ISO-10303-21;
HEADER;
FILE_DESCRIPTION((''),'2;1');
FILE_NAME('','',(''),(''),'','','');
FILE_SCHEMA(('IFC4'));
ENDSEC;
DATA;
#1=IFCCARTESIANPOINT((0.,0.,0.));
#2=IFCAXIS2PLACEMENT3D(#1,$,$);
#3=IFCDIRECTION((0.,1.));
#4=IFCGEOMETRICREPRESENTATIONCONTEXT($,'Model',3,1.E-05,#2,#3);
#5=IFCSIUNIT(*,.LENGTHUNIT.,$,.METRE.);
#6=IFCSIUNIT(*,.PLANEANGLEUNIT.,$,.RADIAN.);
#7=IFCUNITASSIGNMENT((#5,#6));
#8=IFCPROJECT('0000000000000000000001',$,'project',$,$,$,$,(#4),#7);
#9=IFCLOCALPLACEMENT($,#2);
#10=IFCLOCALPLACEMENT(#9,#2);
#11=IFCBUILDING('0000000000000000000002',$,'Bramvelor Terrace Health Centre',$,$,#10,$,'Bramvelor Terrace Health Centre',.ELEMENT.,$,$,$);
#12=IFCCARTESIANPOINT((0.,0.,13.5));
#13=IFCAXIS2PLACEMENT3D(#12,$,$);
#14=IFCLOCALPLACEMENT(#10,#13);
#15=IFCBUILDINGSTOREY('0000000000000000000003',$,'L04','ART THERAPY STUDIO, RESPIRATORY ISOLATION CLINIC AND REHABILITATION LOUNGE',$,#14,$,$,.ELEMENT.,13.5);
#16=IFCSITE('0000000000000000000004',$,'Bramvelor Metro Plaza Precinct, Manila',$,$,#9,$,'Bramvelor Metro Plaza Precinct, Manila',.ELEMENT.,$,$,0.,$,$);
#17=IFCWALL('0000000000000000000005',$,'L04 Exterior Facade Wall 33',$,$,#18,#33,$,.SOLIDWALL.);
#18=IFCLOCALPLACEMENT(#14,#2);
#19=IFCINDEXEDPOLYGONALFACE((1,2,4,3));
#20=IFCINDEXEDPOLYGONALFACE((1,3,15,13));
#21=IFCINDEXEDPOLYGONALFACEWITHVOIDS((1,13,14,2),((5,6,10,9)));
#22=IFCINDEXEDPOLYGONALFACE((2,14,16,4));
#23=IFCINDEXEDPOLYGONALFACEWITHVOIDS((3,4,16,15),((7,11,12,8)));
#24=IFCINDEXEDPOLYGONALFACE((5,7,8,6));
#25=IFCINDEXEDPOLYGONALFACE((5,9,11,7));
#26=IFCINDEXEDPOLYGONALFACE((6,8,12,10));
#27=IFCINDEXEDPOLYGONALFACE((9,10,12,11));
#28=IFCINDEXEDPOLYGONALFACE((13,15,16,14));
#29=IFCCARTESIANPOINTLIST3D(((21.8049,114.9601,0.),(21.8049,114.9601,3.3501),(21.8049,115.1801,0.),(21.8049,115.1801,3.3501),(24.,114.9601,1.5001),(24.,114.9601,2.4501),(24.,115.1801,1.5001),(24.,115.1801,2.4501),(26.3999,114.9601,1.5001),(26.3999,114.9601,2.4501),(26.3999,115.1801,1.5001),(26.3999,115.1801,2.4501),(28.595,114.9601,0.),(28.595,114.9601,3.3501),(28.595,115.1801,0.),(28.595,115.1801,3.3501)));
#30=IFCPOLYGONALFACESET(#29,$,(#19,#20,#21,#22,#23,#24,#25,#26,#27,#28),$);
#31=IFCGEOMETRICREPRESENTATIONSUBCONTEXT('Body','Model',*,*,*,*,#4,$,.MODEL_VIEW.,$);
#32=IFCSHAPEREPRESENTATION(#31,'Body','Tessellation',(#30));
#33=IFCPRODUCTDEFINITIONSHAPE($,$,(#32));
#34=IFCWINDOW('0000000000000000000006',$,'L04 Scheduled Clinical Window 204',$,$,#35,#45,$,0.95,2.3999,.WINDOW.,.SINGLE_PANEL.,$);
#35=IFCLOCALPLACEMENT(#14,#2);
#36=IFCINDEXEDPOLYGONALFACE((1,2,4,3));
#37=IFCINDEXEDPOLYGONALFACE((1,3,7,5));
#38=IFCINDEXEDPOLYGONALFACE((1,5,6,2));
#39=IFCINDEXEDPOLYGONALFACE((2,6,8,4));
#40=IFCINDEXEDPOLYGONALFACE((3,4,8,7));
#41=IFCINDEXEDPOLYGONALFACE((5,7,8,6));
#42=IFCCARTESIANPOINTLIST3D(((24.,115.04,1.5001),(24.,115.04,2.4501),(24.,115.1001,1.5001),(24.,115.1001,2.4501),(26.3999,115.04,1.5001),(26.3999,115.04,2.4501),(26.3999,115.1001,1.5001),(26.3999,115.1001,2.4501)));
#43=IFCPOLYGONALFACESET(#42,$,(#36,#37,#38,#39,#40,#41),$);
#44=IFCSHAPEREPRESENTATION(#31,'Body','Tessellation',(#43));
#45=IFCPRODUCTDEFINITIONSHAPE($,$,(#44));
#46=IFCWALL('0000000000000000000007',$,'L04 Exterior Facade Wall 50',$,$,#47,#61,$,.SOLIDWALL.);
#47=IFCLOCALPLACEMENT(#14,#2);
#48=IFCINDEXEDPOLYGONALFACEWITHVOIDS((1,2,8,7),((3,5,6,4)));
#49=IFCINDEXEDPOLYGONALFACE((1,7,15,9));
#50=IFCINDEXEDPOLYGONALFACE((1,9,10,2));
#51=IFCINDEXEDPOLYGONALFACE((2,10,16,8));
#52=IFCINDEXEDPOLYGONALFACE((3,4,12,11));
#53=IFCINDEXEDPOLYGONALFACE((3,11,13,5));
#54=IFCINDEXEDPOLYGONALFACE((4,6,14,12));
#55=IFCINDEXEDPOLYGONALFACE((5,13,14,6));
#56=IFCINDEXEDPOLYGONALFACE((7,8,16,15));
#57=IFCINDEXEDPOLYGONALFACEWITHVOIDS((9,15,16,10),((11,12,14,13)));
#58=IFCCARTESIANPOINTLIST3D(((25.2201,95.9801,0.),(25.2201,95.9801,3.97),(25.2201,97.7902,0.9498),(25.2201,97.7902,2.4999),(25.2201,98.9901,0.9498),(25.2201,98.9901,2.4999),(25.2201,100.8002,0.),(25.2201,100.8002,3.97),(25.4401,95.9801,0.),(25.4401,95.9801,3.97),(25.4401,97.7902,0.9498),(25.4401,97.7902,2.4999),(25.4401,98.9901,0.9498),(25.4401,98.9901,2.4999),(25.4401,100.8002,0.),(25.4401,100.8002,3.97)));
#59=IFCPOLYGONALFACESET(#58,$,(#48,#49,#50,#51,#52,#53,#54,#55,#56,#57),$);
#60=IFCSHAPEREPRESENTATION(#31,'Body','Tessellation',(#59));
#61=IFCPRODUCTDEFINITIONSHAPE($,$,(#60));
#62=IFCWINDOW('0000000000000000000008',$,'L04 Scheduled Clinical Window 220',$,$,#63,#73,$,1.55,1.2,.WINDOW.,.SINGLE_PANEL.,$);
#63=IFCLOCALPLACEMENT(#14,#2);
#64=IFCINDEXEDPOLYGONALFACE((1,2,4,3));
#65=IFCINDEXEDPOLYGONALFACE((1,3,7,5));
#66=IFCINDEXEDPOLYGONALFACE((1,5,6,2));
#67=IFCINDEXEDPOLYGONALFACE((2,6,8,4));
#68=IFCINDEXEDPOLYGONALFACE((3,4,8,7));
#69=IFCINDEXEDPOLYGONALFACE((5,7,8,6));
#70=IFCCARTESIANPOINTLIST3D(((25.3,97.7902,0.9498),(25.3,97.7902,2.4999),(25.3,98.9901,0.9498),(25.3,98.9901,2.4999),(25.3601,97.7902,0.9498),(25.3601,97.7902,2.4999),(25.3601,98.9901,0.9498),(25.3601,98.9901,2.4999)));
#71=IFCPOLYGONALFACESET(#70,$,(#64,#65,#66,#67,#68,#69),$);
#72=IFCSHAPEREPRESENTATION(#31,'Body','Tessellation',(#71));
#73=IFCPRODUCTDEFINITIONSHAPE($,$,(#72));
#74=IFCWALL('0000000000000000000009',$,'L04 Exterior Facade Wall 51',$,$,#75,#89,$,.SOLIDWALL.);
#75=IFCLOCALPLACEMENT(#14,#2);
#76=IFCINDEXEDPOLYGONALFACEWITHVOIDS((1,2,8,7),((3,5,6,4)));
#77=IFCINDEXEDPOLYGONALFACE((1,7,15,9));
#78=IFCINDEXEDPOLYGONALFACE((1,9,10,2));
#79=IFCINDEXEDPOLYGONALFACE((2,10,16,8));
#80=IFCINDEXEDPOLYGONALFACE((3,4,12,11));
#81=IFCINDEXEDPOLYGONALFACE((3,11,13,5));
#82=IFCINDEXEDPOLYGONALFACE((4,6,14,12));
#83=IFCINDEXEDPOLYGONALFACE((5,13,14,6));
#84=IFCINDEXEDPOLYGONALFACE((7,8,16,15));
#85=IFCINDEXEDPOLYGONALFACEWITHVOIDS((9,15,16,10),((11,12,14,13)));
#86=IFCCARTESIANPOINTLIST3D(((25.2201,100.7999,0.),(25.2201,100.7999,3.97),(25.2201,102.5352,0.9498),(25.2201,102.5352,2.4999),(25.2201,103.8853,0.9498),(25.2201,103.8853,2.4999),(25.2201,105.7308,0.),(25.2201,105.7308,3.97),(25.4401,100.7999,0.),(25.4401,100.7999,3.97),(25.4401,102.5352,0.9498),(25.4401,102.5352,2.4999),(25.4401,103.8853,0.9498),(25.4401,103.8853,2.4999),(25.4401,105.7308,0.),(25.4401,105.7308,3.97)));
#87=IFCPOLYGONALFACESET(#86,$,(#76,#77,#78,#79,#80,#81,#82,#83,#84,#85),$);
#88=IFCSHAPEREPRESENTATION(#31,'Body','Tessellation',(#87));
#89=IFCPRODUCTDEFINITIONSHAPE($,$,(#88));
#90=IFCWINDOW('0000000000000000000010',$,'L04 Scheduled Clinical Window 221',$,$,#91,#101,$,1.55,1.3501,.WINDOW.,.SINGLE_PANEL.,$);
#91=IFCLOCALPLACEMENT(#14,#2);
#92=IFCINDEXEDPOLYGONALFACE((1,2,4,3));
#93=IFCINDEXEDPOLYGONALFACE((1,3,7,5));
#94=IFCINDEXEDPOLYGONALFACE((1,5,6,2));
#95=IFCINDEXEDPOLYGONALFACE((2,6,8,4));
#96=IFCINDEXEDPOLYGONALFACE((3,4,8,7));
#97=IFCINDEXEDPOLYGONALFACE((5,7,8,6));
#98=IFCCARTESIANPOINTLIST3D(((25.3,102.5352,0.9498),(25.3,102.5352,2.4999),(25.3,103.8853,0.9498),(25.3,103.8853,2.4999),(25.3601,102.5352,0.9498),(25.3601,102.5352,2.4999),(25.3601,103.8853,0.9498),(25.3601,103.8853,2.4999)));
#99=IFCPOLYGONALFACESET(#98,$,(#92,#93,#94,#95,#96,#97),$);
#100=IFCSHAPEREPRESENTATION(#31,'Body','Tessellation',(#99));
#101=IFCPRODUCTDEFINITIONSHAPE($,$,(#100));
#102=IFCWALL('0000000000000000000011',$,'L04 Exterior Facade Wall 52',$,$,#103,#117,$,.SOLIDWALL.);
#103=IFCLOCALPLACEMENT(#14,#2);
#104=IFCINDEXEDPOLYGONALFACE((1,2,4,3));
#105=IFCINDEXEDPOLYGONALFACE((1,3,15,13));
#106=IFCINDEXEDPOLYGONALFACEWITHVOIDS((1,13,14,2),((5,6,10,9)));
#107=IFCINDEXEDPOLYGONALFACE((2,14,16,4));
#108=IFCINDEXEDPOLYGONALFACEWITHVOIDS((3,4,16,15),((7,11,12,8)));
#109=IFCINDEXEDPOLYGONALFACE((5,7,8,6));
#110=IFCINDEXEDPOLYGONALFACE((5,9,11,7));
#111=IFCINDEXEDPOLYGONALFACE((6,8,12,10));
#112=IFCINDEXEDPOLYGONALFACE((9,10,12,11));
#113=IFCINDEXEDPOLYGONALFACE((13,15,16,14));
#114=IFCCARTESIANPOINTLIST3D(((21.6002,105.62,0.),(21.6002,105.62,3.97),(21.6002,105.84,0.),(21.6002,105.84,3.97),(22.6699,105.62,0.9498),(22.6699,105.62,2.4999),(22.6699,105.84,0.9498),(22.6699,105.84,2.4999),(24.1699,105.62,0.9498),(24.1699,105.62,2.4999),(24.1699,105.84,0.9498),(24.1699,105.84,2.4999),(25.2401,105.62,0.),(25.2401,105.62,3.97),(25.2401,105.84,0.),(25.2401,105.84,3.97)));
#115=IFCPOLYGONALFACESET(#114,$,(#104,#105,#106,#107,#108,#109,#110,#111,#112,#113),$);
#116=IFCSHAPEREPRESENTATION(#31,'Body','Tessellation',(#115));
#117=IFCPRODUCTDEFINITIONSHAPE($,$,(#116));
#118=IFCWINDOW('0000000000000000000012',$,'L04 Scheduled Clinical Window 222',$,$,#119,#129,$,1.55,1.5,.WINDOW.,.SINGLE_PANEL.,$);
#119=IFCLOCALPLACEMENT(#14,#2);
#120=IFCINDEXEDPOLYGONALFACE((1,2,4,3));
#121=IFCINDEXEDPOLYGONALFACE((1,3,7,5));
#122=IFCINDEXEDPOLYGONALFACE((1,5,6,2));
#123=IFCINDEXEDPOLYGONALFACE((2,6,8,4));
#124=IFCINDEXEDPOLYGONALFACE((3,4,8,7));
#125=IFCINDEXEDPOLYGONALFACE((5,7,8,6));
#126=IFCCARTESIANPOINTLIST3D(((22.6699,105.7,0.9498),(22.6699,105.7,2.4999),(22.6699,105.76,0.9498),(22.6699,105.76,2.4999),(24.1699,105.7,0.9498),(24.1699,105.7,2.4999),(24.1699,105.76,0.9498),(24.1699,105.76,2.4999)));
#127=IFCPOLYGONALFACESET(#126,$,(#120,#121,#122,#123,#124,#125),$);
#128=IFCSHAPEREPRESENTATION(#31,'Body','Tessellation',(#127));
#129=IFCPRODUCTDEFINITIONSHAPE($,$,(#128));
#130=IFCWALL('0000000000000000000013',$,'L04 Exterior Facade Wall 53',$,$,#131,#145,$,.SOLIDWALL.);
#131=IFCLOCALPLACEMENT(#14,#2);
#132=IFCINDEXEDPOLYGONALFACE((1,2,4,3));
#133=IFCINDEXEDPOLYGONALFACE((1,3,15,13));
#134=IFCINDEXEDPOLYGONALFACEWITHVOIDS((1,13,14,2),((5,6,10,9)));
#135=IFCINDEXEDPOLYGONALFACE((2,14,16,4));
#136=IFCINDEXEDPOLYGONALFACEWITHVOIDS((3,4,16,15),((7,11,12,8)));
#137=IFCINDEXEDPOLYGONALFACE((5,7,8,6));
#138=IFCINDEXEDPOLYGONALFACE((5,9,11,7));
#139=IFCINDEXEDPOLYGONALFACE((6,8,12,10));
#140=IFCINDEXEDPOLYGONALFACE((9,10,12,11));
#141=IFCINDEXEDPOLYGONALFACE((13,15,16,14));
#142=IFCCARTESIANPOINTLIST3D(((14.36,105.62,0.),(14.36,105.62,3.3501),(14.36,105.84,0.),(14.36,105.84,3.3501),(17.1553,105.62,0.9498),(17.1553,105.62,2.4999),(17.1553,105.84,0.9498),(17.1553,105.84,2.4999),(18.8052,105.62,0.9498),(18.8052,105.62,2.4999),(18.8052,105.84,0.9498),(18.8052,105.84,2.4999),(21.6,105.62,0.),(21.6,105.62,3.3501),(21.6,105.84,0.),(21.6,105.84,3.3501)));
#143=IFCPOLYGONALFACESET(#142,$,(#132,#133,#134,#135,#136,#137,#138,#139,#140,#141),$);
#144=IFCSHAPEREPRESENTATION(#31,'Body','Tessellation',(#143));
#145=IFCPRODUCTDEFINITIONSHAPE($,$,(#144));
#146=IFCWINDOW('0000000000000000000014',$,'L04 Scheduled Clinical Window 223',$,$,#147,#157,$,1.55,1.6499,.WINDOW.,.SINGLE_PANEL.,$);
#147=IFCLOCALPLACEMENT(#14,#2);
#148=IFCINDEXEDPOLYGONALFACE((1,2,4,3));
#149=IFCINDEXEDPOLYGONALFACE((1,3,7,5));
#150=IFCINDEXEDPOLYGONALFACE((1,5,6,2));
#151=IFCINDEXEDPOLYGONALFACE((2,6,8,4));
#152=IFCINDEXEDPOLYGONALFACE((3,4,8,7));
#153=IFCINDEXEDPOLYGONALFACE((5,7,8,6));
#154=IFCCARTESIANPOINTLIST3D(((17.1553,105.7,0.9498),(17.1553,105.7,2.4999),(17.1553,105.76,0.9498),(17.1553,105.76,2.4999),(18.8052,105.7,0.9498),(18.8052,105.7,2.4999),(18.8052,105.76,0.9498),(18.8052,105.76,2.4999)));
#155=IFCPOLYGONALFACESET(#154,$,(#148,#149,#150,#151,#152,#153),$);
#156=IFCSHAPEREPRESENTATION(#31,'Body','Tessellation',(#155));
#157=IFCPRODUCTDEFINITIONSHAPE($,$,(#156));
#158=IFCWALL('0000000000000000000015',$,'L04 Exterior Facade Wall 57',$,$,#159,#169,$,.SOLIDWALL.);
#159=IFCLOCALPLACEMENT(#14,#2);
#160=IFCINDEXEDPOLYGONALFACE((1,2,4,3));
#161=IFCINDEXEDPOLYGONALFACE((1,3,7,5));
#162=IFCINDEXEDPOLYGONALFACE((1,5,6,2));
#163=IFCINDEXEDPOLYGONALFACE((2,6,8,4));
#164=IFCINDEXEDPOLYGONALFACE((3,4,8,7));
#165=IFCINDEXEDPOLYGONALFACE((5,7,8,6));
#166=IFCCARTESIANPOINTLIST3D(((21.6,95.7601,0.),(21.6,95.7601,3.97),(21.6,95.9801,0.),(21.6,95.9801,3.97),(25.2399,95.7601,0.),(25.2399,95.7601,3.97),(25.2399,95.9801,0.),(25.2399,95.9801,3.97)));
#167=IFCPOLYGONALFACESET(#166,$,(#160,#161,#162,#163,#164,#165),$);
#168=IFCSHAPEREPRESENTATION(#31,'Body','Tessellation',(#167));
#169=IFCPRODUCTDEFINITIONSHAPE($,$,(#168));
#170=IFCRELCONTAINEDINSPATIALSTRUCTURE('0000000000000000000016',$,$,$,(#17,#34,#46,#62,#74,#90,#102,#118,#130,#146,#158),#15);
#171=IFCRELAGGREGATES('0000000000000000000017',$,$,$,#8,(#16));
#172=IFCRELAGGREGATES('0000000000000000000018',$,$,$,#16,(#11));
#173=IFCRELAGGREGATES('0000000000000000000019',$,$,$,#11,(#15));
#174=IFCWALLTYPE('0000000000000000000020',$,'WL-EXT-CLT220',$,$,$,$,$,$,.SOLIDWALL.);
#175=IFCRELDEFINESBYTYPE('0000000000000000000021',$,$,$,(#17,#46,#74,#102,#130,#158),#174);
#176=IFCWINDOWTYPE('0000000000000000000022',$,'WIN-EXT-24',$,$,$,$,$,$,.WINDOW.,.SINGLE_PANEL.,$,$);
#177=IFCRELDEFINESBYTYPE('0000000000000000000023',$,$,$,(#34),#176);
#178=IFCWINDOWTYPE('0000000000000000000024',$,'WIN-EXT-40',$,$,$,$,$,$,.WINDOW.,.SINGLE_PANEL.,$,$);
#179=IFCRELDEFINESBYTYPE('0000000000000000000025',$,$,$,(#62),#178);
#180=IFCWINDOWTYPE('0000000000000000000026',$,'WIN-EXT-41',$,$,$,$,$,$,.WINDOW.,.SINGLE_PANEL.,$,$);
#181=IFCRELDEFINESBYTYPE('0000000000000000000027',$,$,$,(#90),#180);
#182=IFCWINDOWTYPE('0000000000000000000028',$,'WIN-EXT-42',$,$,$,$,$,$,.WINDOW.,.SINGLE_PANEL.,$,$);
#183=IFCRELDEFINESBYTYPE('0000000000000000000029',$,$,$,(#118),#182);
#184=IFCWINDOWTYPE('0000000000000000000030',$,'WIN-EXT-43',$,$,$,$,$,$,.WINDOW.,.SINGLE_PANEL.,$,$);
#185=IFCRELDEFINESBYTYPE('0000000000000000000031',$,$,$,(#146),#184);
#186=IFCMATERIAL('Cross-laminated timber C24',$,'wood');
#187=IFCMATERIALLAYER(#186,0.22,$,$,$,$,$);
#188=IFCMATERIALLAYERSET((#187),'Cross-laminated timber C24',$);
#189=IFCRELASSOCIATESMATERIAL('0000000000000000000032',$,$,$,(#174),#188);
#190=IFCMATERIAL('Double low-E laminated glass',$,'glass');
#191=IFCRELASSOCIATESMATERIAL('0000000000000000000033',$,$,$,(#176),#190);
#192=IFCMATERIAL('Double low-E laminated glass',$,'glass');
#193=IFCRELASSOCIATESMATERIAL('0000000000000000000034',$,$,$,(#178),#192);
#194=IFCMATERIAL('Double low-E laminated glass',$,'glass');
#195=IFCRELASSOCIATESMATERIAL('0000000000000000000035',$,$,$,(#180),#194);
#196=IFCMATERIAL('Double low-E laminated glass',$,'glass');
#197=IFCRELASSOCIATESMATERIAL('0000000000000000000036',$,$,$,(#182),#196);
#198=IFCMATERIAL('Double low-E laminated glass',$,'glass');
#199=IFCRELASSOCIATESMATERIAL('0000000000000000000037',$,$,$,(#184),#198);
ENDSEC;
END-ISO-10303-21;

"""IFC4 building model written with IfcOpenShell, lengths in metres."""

from ifc_helpers import new_model, si_unit, direction, frame, frame_2d, origin, place, context, subcontext, project, spatial, rectangle, extrude, material, layer, layer_set, type_object, element, fill, save


model = new_model("IFC4")

# Units and contexts
model_context = context("Model", 3, precision=1e-05, world=origin(), true_north=direction((0.0, 1.0)))
body_context = subcontext(model_context, "Body", "Model", "MODEL_VIEW")
ifc_project = project(units=[si_unit("LENGTHUNIT", "METRE"), si_unit("PLANEANGLEUNIT", "RADIAN")], contexts=[model_context])

# Site, building, storey
site_placement = place(None, origin())
site = spatial("IfcSite", under=ifc_project, at=site_placement, Name="Bramvelor Metro Plaza Precinct, Manila", LongName="Bramvelor Metro Plaza Precinct, Manila", CompositionType="ELEMENT", RefElevation=0.0)
building_placement = place(site_placement, origin())
building = spatial("IfcBuilding", under=site, at=building_placement, Name="Bramvelor Terrace Health Centre", LongName="Bramvelor Terrace Health Centre", CompositionType="ELEMENT")
storey_placement = place(building_placement, frame((0.0, 0.0, 13.5)))
storey = spatial("IfcBuildingStorey", under=building, at=storey_placement, Name="L04", Description="ART THERAPY STUDIO, RESPIRATORY ISOLATION CLINIC AND REHABILITATION LOUNGE", CompositionType="ELEMENT", Elevation=13.5)

# Walls, openings, windows
ifc_material_1 = material(Name="Cross-laminated timber C24", Category="wood")
ifc_layer_1 = layer(ifc_material_1, 0.22)
ifc_layer_set_1 = layer_set([ifc_layer_1], Name="Cross-laminated timber C24")
wall_type_1 = type_object("IfcWallType", Name="WL-EXT-CLT220", PredefinedType="SOLIDWALL", material=ifc_layer_set_1)
wall_1_placement = place(storey_placement, frame((21.8049, 115.0701, 0.0), z_axis=(0.0, 0.0, 1.0), x_axis=(1.0, 0.0, 0.0)))
wall_1 = element("IfcWall", 1, at=wall_1_placement, inside=storey, type_object=wall_type_1, Name="L04 Exterior Facade Wall 33", PredefinedType="SOLIDWALL", context=body_context, shape_type="SweptSolid", body=[
    extrude(rectangle(XDim=6.79, YDim=0.22, at=frame_2d((3.395, 0.0))), origin(), (0.0, 0.0, 1.0), 3.3501),
])
opening_1_placement = place(wall_1_placement, frame((2.1951, 0.0, 1.5)))
opening_1 = element("IfcOpeningElement", 2, at=opening_1_placement, cuts=wall_1, PredefinedType="OPENING", context=body_context, shape_type="SweptSolid", body=[
    extrude(rectangle(XDim=2.3999, YDim=0.95, at=frame_2d((1.2, 0.4751))), frame((0.0, 0.1199, 0.0), z_axis=(0.0, -1.0, 0.0), x_axis=(1.0, 0.0, 0.0)), (0.0, 0.0, 1.0), 0.24),
])
ifc_material_2 = material(Name="Double low-E laminated glass", Category="glass")
window_type_1 = type_object("IfcWindowType", Name="WIN-EXT-24", PartitioningType="SINGLE_PANEL", PredefinedType="WINDOW", material=ifc_material_2)
window_1_placement = place(opening_1_placement, origin())
window_1 = element("IfcWindow", 3, at=window_1_placement, inside=storey, type_object=window_type_1, Name="L04 Scheduled Clinical Window 204", OverallHeight=0.95, OverallWidth=2.3999, PartitioningType="SINGLE_PANEL", PredefinedType="WINDOW", context=body_context, shape_type="SweptSolid", body=[
    extrude(rectangle(XDim=2.3999, YDim=0.95, at=frame_2d((1.2, 0.4751))), frame((0.0, 0.03, 0.0), z_axis=(0.0, -1.0, 0.0), x_axis=(1.0, 0.0, 0.0)), (0.0, 0.0, 1.0), 0.0601),
])
fill(opening_1, window_1)
wall_2_placement = place(storey_placement, frame((25.3301, 95.98, 0.0), z_axis=(0.0, 0.0, 1.0), x_axis=(0.0, 1.0, 0.0)))
wall_2 = element("IfcWall", 4, at=wall_2_placement, inside=storey, type_object=wall_type_1, Name="L04 Exterior Facade Wall 50", PredefinedType="SOLIDWALL", context=body_context, shape_type="SweptSolid", body=[
    extrude(rectangle(XDim=4.8201, YDim=0.22, at=frame_2d((2.4102, 0.0))), origin(), (0.0, 0.0, 1.0), 3.97),
])
opening_2_placement = place(wall_2_placement, frame((1.8101, 0.0, 0.95)))
opening_2 = element("IfcOpeningElement", 5, at=opening_2_placement, cuts=wall_2, PredefinedType="OPENING", context=body_context, shape_type="SweptSolid", body=[
    extrude(rectangle(XDim=1.2, YDim=1.55, at=frame_2d((0.6001, 0.7749))), frame((0.0, 0.1199, 0.0), z_axis=(0.0, -1.0, 0.0), x_axis=(1.0, 0.0, 0.0)), (0.0, 0.0, 1.0), 0.24),
])
ifc_material_3 = material(Name="Double low-E laminated glass", Category="glass")
window_type_2 = type_object("IfcWindowType", Name="WIN-EXT-40", PartitioningType="SINGLE_PANEL", PredefinedType="WINDOW", material=ifc_material_3)
window_2_placement = place(opening_2_placement, origin())
window_2 = element("IfcWindow", 6, at=window_2_placement, inside=storey, type_object=window_type_2, Name="L04 Scheduled Clinical Window 220", OverallHeight=1.55, OverallWidth=1.2, PartitioningType="SINGLE_PANEL", PredefinedType="WINDOW", context=body_context, shape_type="SweptSolid", body=[
    extrude(rectangle(XDim=1.2, YDim=1.55, at=frame_2d((0.6001, 0.7749))), frame((0.0, 0.03, 0.0), z_axis=(0.0, -1.0, 0.0), x_axis=(1.0, 0.0, 0.0)), (0.0, 0.0, 1.0), 0.0601),
])
fill(opening_2, window_2)
wall_3_placement = place(storey_placement, frame((25.3301, 100.8, 0.0), z_axis=(0.0, 0.0, 1.0), x_axis=(0.0, 1.0, 0.0)))
wall_3 = element("IfcWall", 7, at=wall_3_placement, inside=storey, type_object=wall_type_1, Name="L04 Exterior Facade Wall 51", PredefinedType="SOLIDWALL", context=body_context, shape_type="SweptSolid", body=[
    extrude(rectangle(XDim=4.9309, YDim=0.22, at=frame_2d((2.4653, 0.0))), origin(), (0.0, 0.0, 1.0), 3.97),
])
opening_3_placement = place(wall_3_placement, frame((1.7351, 0.0, 0.95)))
opening_3 = element("IfcOpeningElement", 8, at=opening_3_placement, cuts=wall_3, PredefinedType="OPENING", context=body_context, shape_type="SweptSolid", body=[
    extrude(rectangle(XDim=1.3501, YDim=1.55, at=frame_2d((0.675, 0.7749))), frame((0.0, 0.1199, 0.0), z_axis=(0.0, -1.0, 0.0), x_axis=(1.0, 0.0, 0.0)), (0.0, 0.0, 1.0), 0.24),
])
ifc_material_4 = material(Name="Double low-E laminated glass", Category="glass")
window_type_3 = type_object("IfcWindowType", Name="WIN-EXT-41", PartitioningType="SINGLE_PANEL", PredefinedType="WINDOW", material=ifc_material_4)
window_3_placement = place(opening_3_placement, origin())
window_3 = element("IfcWindow", 9, at=window_3_placement, inside=storey, type_object=window_type_3, Name="L04 Scheduled Clinical Window 221", OverallHeight=1.55, OverallWidth=1.3501, PartitioningType="SINGLE_PANEL", PredefinedType="WINDOW", context=body_context, shape_type="SweptSolid", body=[
    extrude(rectangle(XDim=1.3501, YDim=1.55, at=frame_2d((0.675, 0.7749))), frame((0.0, 0.03, 0.0), z_axis=(0.0, -1.0, 0.0), x_axis=(1.0, 0.0, 0.0)), (0.0, 0.0, 1.0), 0.0601),
])
fill(opening_3, window_3)
wall_4_placement = place(storey_placement, frame((25.24, 105.73, 0.0), z_axis=(0.0, 0.0, 1.0), x_axis=(-1.0, 0.0, 0.0)))
wall_4 = element("IfcWall", 10, at=wall_4_placement, inside=storey, type_object=wall_type_1, Name="L04 Exterior Facade Wall 52", PredefinedType="SOLIDWALL", context=body_context, shape_type="SweptSolid", body=[
    extrude(rectangle(XDim=3.6399, YDim=0.22, at=frame_2d((1.8198, 0.0))), origin(), (0.0, 0.0, 1.0), 3.97),
])
opening_4_placement = place(wall_4_placement, frame((1.0701, 0.0, 0.95)))
opening_4 = element("IfcOpeningElement", 11, at=opening_4_placement, cuts=wall_4, PredefinedType="OPENING", context=body_context, shape_type="SweptSolid", body=[
    extrude(rectangle(XDim=1.5, YDim=1.55, at=frame_2d((0.75, 0.7749))), frame((0.0, 0.1199, 0.0), z_axis=(0.0, -1.0, 0.0), x_axis=(1.0, 0.0, 0.0)), (0.0, 0.0, 1.0), 0.24),
])
ifc_material_5 = material(Name="Double low-E laminated glass", Category="glass")
window_type_4 = type_object("IfcWindowType", Name="WIN-EXT-42", PartitioningType="SINGLE_PANEL", PredefinedType="WINDOW", material=ifc_material_5)
window_4_placement = place(opening_4_placement, origin())
window_4 = element("IfcWindow", 12, at=window_4_placement, inside=storey, type_object=window_type_4, Name="L04 Scheduled Clinical Window 222", OverallHeight=1.55, OverallWidth=1.5, PartitioningType="SINGLE_PANEL", PredefinedType="WINDOW", context=body_context, shape_type="SweptSolid", body=[
    extrude(rectangle(XDim=1.5, YDim=1.55, at=frame_2d((0.75, 0.7749))), frame((0.0, 0.03, 0.0), z_axis=(0.0, -1.0, 0.0), x_axis=(1.0, 0.0, 0.0)), (0.0, 0.0, 1.0), 0.0601),
])
fill(opening_4, window_4)
wall_5_placement = place(storey_placement, frame((21.6001, 105.73, 0.0), z_axis=(0.0, 0.0, 1.0), x_axis=(-1.0, 0.0, 0.0)))
wall_5 = element("IfcWall", 13, at=wall_5_placement, inside=storey, type_object=wall_type_1, Name="L04 Exterior Facade Wall 53", PredefinedType="SOLIDWALL", context=body_context, shape_type="SweptSolid", body=[
    extrude(rectangle(XDim=7.24, YDim=0.22, at=frame_2d((3.6201, 0.0))), origin(), (0.0, 0.0, 1.0), 3.3501),
])
opening_5_placement = place(wall_5_placement, frame((2.7949, 0.0, 0.95)))
opening_5 = element("IfcOpeningElement", 14, at=opening_5_placement, cuts=wall_5, PredefinedType="OPENING", context=body_context, shape_type="SweptSolid", body=[
    extrude(rectangle(XDim=1.6499, YDim=1.55, at=frame_2d((0.825, 0.7749))), frame((0.0, 0.1199, 0.0), z_axis=(0.0, -1.0, 0.0), x_axis=(1.0, 0.0, 0.0)), (0.0, 0.0, 1.0), 0.24),
])
ifc_material_6 = material(Name="Double low-E laminated glass", Category="glass")
window_type_5 = type_object("IfcWindowType", Name="WIN-EXT-43", PartitioningType="SINGLE_PANEL", PredefinedType="WINDOW", material=ifc_material_6)
window_5_placement = place(opening_5_placement, origin())
window_5 = element("IfcWindow", 15, at=window_5_placement, inside=storey, type_object=window_type_5, Name="L04 Scheduled Clinical Window 223", OverallHeight=1.55, OverallWidth=1.6499, PartitioningType="SINGLE_PANEL", PredefinedType="WINDOW", context=body_context, shape_type="SweptSolid", body=[
    extrude(rectangle(XDim=1.6499, YDim=1.55, at=frame_2d((0.825, 0.7749))), frame((0.0, 0.03, 0.0), z_axis=(0.0, -1.0, 0.0), x_axis=(1.0, 0.0, 0.0)), (0.0, 0.0, 1.0), 0.0601),
])
fill(opening_5, window_5)

# Wall
wall_6_placement = place(storey_placement, frame((21.6001, 95.8701, 0.0), z_axis=(0.0, 0.0, 1.0), x_axis=(1.0, 0.0, 0.0)))
element("IfcWall", 16, at=wall_6_placement, inside=storey, type_object=wall_type_1, Name="L04 Exterior Facade Wall 57", PredefinedType="SOLIDWALL", context=body_context, shape_type="SweptSolid", body=[
    extrude(rectangle(XDim=3.6399, YDim=0.22, at=frame_2d((1.8198, 0.0))), origin(), (0.0, 0.0, 1.0), 3.97),
])

save(model, "model.ifc")
